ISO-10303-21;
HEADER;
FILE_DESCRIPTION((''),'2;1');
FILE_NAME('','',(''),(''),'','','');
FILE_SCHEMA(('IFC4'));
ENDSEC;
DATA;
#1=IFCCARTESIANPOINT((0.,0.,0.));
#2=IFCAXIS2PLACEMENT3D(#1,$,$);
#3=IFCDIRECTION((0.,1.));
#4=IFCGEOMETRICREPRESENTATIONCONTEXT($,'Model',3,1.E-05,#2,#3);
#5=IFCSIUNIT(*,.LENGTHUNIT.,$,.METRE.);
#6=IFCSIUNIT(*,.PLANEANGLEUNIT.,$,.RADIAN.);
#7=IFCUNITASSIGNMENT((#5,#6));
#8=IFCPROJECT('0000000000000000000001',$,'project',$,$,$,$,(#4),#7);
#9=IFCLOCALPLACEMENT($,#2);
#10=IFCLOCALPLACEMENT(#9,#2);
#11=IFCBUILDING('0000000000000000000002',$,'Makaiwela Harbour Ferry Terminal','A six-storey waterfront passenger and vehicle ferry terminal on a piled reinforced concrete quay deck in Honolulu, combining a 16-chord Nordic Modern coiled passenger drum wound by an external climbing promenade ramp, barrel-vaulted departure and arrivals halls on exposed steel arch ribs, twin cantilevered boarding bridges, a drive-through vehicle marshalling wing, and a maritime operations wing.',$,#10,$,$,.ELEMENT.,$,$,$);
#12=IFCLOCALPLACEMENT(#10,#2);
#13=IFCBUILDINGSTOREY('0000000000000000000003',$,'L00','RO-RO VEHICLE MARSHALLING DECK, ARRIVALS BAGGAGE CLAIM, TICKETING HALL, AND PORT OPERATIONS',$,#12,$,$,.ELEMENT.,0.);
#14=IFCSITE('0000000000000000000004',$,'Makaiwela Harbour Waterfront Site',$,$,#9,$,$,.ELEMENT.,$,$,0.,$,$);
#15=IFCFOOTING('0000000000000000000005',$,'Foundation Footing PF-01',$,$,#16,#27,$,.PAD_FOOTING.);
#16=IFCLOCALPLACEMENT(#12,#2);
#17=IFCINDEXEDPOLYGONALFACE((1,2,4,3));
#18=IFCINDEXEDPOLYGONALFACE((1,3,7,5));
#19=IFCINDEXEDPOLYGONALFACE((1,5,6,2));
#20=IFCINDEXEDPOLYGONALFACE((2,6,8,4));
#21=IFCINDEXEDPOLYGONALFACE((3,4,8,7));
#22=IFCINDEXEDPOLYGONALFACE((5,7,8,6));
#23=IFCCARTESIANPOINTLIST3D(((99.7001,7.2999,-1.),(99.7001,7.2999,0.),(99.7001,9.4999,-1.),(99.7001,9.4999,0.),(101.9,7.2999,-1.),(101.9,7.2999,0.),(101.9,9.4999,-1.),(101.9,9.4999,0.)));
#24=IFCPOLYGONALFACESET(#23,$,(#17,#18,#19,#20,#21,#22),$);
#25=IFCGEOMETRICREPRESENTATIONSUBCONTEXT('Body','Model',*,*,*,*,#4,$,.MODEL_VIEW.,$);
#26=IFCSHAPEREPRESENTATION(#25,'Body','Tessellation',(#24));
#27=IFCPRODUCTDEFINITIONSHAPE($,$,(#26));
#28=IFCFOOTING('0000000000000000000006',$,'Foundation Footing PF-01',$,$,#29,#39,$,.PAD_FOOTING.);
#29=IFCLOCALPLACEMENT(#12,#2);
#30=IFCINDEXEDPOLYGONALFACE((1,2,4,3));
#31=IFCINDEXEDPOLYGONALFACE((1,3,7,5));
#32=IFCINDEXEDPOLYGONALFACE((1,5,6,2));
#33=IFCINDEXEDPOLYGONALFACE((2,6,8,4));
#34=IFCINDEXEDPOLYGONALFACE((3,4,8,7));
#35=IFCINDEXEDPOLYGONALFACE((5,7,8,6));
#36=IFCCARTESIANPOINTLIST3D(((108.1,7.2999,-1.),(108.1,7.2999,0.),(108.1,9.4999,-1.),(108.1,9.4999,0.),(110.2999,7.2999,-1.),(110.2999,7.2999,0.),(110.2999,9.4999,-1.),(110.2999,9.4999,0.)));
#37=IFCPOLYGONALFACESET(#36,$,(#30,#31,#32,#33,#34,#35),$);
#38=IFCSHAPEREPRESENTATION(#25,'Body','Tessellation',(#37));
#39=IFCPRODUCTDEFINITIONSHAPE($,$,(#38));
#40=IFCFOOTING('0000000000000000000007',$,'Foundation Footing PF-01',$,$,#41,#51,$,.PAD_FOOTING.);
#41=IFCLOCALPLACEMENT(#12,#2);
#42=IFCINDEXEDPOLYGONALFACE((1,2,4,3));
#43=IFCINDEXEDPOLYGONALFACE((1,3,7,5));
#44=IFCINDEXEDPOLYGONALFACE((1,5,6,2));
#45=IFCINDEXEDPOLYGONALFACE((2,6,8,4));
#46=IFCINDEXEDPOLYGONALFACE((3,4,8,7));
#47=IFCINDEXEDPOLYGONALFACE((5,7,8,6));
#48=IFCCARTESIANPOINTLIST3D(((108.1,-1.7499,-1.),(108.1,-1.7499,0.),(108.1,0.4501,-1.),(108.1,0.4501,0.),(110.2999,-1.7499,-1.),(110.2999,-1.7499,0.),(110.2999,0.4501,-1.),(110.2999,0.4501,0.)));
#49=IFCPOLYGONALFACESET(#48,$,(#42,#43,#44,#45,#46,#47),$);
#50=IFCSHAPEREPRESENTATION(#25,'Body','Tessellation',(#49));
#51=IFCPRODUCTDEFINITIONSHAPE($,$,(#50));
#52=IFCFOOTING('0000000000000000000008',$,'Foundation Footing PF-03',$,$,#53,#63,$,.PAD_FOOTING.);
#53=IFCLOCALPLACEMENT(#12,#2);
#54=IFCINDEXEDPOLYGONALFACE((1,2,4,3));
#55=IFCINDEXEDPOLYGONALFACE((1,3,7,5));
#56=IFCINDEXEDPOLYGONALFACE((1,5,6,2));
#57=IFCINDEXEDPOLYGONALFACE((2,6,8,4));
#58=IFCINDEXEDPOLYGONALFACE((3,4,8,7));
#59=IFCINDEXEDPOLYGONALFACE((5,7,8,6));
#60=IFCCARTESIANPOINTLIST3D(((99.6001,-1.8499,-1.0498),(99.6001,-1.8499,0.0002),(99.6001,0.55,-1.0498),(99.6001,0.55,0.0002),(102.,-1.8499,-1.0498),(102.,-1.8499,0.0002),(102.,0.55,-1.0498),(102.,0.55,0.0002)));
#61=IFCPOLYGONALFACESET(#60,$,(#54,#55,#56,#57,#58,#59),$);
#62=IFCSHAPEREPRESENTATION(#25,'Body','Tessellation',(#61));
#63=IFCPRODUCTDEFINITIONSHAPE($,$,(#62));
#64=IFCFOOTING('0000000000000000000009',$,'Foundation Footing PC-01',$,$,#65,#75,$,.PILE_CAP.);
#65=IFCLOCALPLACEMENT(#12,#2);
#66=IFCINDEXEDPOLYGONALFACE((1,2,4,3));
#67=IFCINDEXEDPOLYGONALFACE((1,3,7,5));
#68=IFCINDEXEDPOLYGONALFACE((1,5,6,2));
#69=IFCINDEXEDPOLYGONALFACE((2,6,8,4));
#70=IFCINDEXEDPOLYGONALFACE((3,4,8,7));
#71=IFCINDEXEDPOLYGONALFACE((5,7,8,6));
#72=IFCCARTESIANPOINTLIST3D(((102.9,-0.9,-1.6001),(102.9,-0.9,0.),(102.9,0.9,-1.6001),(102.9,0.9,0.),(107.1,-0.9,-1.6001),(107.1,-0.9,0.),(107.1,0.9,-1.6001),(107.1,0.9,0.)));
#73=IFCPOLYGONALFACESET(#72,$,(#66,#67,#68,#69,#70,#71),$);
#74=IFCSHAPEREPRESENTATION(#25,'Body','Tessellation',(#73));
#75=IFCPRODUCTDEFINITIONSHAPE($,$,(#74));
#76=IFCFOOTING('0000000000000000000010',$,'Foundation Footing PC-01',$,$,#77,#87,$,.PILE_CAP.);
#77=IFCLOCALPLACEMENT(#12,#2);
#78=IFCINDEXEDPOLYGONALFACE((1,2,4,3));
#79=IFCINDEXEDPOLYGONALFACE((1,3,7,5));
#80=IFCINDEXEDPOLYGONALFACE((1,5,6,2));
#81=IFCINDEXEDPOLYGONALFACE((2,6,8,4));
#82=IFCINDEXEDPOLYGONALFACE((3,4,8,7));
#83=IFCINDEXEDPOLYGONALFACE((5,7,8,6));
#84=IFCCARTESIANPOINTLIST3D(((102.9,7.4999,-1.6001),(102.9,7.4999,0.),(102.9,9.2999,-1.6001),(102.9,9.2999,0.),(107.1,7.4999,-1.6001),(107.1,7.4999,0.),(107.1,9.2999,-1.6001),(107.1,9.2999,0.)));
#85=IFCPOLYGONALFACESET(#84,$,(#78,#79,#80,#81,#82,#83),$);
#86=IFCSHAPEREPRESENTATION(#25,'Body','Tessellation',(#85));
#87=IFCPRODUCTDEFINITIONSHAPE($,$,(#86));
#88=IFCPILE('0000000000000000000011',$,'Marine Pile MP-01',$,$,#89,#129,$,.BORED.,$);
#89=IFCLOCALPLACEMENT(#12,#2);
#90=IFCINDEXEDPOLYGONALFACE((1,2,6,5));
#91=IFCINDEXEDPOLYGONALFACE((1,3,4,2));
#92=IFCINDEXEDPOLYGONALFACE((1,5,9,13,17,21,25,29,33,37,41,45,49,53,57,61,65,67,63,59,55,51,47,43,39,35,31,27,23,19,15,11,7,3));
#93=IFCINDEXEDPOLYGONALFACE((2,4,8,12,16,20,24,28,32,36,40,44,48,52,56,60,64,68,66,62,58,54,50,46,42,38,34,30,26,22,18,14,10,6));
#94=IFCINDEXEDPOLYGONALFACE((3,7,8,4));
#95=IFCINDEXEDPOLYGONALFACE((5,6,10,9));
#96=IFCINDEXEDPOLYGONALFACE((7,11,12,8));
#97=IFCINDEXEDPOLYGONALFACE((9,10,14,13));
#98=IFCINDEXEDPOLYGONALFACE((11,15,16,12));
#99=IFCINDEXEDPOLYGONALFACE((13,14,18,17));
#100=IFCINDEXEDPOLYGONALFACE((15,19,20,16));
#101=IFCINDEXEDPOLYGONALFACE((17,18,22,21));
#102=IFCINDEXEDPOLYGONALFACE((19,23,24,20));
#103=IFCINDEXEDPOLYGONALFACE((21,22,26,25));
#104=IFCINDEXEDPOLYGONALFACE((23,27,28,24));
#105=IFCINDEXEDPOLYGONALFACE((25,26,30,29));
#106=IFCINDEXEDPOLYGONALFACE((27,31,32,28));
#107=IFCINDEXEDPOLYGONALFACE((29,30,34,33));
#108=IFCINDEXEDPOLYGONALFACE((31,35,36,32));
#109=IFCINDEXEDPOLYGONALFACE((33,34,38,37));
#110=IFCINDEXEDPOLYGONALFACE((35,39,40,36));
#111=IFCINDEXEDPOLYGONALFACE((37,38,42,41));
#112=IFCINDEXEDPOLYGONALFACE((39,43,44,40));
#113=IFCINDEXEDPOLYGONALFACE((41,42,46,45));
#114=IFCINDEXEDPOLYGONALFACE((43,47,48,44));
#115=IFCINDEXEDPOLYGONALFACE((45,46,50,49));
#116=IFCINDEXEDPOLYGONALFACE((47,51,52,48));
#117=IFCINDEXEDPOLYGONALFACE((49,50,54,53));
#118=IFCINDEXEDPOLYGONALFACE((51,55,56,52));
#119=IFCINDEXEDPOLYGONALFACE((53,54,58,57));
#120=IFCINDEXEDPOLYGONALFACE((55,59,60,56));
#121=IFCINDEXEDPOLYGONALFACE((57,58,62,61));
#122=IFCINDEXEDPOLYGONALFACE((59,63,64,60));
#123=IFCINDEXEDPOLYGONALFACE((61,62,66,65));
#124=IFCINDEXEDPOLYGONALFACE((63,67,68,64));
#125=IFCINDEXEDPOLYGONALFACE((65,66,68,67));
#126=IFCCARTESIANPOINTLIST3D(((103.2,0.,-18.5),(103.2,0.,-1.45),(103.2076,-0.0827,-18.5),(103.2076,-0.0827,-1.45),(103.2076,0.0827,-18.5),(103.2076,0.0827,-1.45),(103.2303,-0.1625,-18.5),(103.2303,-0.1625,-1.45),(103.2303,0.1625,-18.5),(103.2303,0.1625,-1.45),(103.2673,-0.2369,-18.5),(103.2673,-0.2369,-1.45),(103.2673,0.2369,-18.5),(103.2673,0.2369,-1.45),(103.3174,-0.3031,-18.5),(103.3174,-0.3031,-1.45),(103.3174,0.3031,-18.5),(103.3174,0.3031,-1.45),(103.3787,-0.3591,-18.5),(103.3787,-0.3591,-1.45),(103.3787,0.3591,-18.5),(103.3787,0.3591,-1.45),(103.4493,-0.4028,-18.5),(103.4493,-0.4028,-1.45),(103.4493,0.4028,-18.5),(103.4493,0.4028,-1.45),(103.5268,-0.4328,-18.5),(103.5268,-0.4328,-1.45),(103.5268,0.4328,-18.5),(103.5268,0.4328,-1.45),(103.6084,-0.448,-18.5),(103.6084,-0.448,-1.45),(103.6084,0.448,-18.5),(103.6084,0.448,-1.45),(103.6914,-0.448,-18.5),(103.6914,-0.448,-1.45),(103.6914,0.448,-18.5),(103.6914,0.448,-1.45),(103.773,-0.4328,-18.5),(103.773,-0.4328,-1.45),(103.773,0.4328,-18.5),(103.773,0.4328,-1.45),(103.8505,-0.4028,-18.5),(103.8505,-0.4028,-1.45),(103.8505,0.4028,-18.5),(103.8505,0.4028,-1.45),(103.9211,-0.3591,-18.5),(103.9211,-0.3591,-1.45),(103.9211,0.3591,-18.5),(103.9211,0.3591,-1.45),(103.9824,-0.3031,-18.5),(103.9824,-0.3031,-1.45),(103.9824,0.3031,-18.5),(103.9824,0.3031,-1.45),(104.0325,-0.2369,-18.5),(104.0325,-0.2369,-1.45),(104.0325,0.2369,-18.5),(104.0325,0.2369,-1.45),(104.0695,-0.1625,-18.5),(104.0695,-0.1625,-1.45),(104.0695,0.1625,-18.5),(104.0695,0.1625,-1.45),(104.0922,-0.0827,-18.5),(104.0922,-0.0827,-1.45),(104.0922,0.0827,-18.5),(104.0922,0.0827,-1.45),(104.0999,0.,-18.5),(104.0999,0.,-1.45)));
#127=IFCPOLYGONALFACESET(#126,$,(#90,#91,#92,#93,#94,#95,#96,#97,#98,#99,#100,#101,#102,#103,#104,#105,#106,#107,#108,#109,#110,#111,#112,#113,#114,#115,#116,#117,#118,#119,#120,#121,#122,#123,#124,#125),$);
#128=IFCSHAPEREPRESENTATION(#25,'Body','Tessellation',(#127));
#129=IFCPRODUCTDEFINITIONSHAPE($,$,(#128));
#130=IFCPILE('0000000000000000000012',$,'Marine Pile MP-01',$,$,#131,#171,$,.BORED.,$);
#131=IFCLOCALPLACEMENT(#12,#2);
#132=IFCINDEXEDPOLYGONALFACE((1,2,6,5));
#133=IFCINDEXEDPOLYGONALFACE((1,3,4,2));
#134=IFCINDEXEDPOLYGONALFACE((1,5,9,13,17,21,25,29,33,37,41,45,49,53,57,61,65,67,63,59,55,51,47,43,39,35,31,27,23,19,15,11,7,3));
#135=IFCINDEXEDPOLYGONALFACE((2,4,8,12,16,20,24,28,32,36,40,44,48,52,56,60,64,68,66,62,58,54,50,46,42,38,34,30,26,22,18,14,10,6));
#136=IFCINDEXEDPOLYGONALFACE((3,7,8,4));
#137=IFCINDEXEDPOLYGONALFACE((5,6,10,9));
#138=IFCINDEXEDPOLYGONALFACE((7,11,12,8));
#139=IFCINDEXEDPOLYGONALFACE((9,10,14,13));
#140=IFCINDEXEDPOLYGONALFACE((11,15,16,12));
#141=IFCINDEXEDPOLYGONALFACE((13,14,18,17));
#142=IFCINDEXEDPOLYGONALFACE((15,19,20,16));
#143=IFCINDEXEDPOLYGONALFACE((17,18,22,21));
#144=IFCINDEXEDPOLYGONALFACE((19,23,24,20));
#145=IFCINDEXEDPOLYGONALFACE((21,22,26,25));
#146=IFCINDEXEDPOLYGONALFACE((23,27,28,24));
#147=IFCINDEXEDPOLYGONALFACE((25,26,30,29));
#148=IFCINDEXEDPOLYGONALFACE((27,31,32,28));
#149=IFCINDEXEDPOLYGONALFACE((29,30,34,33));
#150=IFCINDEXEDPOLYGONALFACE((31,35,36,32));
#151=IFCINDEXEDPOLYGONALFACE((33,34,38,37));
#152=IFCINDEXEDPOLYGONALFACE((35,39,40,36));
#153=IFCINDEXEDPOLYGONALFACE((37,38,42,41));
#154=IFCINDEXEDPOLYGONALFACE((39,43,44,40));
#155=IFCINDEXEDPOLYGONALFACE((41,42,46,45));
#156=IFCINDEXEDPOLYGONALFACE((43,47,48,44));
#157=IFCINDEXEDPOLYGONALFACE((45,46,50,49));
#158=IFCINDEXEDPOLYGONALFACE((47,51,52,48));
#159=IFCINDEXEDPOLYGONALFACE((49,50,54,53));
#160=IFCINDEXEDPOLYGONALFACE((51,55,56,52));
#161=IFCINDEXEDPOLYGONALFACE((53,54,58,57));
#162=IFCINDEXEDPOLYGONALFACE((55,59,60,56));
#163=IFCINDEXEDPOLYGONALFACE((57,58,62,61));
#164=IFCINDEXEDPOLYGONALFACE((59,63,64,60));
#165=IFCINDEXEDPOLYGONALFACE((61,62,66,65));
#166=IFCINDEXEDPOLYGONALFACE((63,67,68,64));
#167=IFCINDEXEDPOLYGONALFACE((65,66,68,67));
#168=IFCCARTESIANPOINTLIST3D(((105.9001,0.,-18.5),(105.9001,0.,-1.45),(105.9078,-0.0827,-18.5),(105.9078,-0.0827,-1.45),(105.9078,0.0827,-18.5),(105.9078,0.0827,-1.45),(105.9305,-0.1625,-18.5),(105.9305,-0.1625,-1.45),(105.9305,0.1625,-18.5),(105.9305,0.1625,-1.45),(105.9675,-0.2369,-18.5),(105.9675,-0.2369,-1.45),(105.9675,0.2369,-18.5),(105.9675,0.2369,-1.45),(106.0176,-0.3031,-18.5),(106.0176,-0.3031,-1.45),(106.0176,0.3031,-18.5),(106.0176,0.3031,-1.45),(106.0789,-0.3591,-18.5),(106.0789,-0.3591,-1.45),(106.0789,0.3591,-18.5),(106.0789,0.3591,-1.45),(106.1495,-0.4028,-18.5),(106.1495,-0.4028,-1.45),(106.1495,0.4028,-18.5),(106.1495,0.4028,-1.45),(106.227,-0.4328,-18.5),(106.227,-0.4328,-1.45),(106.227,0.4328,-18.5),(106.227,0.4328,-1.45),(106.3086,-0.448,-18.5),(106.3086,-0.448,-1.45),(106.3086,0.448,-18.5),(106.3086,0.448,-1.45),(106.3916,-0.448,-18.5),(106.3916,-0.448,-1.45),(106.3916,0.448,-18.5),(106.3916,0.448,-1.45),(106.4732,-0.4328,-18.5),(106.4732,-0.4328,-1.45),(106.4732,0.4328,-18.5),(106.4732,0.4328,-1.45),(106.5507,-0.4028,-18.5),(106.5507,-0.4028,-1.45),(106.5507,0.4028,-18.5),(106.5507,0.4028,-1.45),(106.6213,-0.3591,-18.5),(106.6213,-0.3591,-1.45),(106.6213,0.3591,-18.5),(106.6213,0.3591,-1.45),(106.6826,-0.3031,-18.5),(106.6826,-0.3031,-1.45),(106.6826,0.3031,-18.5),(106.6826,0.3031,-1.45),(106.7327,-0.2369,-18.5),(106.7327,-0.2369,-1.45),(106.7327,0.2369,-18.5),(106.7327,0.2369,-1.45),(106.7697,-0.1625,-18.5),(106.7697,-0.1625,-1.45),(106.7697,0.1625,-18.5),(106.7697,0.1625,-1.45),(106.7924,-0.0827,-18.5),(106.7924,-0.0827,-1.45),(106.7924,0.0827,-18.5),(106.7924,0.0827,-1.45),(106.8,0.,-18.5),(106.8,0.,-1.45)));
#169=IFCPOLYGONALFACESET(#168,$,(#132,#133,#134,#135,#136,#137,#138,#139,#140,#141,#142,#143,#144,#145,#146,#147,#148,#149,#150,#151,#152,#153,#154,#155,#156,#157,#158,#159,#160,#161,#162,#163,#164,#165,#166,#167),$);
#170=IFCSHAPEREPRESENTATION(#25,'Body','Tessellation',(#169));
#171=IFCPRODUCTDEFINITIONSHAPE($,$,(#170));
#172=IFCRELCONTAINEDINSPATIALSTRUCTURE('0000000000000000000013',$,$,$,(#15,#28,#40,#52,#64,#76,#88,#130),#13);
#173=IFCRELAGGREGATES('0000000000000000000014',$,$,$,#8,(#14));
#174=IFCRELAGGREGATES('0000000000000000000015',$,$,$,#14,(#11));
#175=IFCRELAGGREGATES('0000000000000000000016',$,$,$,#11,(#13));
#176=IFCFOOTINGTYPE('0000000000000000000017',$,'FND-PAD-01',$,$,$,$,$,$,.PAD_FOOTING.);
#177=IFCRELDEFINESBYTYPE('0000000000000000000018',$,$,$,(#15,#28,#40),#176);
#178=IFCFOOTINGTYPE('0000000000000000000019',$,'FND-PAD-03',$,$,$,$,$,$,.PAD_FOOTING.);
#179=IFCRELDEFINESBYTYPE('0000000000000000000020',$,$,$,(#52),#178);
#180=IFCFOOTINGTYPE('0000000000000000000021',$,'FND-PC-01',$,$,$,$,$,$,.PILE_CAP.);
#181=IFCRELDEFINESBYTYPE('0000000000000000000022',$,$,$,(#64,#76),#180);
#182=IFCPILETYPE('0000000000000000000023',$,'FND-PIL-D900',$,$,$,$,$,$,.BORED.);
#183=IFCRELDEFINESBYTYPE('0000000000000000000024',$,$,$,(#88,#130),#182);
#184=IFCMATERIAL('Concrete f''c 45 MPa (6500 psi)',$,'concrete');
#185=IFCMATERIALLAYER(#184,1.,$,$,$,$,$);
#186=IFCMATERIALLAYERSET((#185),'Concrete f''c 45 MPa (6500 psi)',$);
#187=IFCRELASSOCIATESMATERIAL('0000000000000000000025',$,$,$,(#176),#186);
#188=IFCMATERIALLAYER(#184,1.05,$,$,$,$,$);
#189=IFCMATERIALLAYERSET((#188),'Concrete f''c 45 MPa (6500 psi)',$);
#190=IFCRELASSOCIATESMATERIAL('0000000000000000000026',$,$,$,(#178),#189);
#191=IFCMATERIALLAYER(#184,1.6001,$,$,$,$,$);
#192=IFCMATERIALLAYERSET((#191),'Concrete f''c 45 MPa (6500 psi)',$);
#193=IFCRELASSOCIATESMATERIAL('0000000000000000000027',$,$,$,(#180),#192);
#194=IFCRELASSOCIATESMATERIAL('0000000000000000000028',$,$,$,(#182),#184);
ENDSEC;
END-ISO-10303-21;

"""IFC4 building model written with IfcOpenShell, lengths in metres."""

from ifc_helpers import new_model, si_unit, direction, frame, origin, origin_2d, place, context, subcontext, project, spatial, rectangle, circle, extrude, material, layer, layer_set, material_profile, profile_set, type_object, element, save


model = new_model("IFC4")

# Units and contexts
model_context = context("Model", 3, precision=1e-05, world=origin(), true_north=direction((0.0, 1.0)))
body_context = subcontext(model_context, "Body", "Model", "MODEL_VIEW")
ifc_project = project(units=[si_unit("LENGTHUNIT", "METRE"), si_unit("PLANEANGLEUNIT", "RADIAN")], contexts=[model_context])

# Site, building, storey
site_placement = place(None, origin())
site = spatial("IfcSite", under=ifc_project, at=site_placement, Name="Makaiwela Harbour Waterfront Site", CompositionType="ELEMENT", RefElevation=0.0)
building_placement = place(site_placement, origin())
building = spatial("IfcBuilding", under=site, at=building_placement, Name="Makaiwela Harbour Ferry Terminal", Description="A six-storey waterfront passenger and vehicle ferry terminal on a piled reinforced concrete quay deck in Honolulu, combining a 16-chord Nordic Modern coiled passenger drum wound by an external climbing promenade ramp, barrel-vaulted departure and arrivals halls on exposed steel arch ribs, twin cantilevered boarding bridges, a drive-through vehicle marshalling wing, and a maritime operations wing.", CompositionType="ELEMENT")
storey_placement = place(building_placement, origin())
storey = spatial("IfcBuildingStorey", under=building, at=storey_placement, Name="L00", Description="RO-RO VEHICLE MARSHALLING DECK, ARRIVALS BAGGAGE CLAIM, TICKETING HALL, AND PORT OPERATIONS", CompositionType="ELEMENT", Elevation=0.0)

# Footings
ifc_material_1 = material(Name="Concrete f'c 45 MPa (6500 psi)", Category="concrete")
ifc_layer_1 = layer(ifc_material_1, 1.0)
ifc_layer_set_1 = layer_set([ifc_layer_1], Name="Concrete f'c 45 MPa (6500 psi)")
footing_type_1 = type_object("IfcFootingType", Name="FND-PAD-01", PredefinedType="PAD_FOOTING", material=ifc_layer_set_1)
for number, where, z_axis, x_axis, name in (
    (1, (100.8, 8.3999, -1.0), (0.0, 0.0, 1.0), (1.0, 0.0, 0.0), "Foundation Footing PF-01"),
    (2, (109.2, 8.3999, -1.0), (0.0, 0.0, 1.0), (1.0, 0.0, 0.0), "Foundation Footing PF-01"),
    (3, (109.2, -0.6499, -1.0), (0.0, 0.0, 1.0), (1.0, 0.0, 0.0), "Foundation Footing PF-01"),
):
    element("IfcFooting", number, at=place(storey_placement, frame(where, z_axis=z_axis, x_axis=x_axis)), inside=storey, type_object=footing_type_1, Name=name, PredefinedType="PAD_FOOTING", context=body_context, shape_type="SweptSolid", body=[
        extrude(rectangle(XDim=2.2, YDim=2.2, at=origin_2d()), origin(), (0.0, 0.0, 1.0), 1.0),
    ])
ifc_layer_2 = layer(ifc_material_1, 1.05)
ifc_layer_set_2 = layer_set([ifc_layer_2], Name="Concrete f'c 45 MPa (6500 psi)")
footing_type_2 = type_object("IfcFootingType", Name="FND-PAD-03", PredefinedType="PAD_FOOTING", material=ifc_layer_set_2)
footing_1_placement = place(storey_placement, frame((100.8, -0.6499, -1.0498), z_axis=(0.0, 0.0, 1.0), x_axis=(1.0, 0.0, 0.0)))
element("IfcFooting", 4, at=footing_1_placement, inside=storey, type_object=footing_type_2, Name="Foundation Footing PF-03", PredefinedType="PAD_FOOTING", context=body_context, shape_type="SweptSolid", body=[
    extrude(rectangle(XDim=2.3999, YDim=2.3999, at=origin_2d()), origin(), (0.0, 0.0, 1.0), 1.05),
])
ifc_layer_3 = layer(ifc_material_1, 1.6001)
ifc_layer_set_3 = layer_set([ifc_layer_3], Name="Concrete f'c 45 MPa (6500 psi)")
footing_type_3 = type_object("IfcFootingType", Name="FND-PC-01", PredefinedType="PILE_CAP", material=ifc_layer_set_3)
for number, where, z_axis, x_axis, name in (
    (5, (105.0, 0.0, -1.6001), (0.0, 0.0, 1.0), (1.0, 0.0, 0.0), "Foundation Footing PC-01"),
    (6, (105.0, 8.3999, -1.6001), (0.0, 0.0, 1.0), (1.0, 0.0, 0.0), "Foundation Footing PC-01"),
):
    element("IfcFooting", number, at=place(storey_placement, frame(where, z_axis=z_axis, x_axis=x_axis)), inside=storey, type_object=footing_type_3, Name=name, PredefinedType="PILE_CAP", context=body_context, shape_type="SweptSolid", body=[
        extrude(rectangle(XDim=4.2, YDim=1.8, at=origin_2d()), origin(), (0.0, 0.0, 1.0), 1.6001),
    ])

# Piles
ifc_material_profile_1 = material_profile(ifc_material_1, circle(Radius=0.45, at=origin_2d()), Name="PILE-D900")
ifc_profile_set_1 = profile_set([ifc_material_profile_1], Name="Concrete f'c 45 MPa (6500 psi)")
pile_type = type_object("IfcPileType", Name="FND-PIL-D900", PredefinedType="BORED", material=ifc_profile_set_1)
for number, where, z_axis, x_axis, name in (
    (7, (103.6499, 0.0, -1.45), (0.0, 0.0, -1.0), (1.0, 0.0, 0.0), "Marine Pile MP-01"),
    (8, (106.3501, 0.0, -1.45), (0.0, 0.0, -1.0), (1.0, 0.0, 0.0), "Marine Pile MP-01"),
):
    element("IfcPile", number, at=place(storey_placement, frame(where, z_axis=z_axis, x_axis=x_axis)), inside=storey, type_object=pile_type, Name=name, PredefinedType="BORED", context=body_context, shape_type="SweptSolid", body=[
        extrude(circle(Radius=0.45, at=origin_2d()), origin(), (0.0, 0.0, 1.0), 17.05),
    ])

save(model, "model.ifc")
